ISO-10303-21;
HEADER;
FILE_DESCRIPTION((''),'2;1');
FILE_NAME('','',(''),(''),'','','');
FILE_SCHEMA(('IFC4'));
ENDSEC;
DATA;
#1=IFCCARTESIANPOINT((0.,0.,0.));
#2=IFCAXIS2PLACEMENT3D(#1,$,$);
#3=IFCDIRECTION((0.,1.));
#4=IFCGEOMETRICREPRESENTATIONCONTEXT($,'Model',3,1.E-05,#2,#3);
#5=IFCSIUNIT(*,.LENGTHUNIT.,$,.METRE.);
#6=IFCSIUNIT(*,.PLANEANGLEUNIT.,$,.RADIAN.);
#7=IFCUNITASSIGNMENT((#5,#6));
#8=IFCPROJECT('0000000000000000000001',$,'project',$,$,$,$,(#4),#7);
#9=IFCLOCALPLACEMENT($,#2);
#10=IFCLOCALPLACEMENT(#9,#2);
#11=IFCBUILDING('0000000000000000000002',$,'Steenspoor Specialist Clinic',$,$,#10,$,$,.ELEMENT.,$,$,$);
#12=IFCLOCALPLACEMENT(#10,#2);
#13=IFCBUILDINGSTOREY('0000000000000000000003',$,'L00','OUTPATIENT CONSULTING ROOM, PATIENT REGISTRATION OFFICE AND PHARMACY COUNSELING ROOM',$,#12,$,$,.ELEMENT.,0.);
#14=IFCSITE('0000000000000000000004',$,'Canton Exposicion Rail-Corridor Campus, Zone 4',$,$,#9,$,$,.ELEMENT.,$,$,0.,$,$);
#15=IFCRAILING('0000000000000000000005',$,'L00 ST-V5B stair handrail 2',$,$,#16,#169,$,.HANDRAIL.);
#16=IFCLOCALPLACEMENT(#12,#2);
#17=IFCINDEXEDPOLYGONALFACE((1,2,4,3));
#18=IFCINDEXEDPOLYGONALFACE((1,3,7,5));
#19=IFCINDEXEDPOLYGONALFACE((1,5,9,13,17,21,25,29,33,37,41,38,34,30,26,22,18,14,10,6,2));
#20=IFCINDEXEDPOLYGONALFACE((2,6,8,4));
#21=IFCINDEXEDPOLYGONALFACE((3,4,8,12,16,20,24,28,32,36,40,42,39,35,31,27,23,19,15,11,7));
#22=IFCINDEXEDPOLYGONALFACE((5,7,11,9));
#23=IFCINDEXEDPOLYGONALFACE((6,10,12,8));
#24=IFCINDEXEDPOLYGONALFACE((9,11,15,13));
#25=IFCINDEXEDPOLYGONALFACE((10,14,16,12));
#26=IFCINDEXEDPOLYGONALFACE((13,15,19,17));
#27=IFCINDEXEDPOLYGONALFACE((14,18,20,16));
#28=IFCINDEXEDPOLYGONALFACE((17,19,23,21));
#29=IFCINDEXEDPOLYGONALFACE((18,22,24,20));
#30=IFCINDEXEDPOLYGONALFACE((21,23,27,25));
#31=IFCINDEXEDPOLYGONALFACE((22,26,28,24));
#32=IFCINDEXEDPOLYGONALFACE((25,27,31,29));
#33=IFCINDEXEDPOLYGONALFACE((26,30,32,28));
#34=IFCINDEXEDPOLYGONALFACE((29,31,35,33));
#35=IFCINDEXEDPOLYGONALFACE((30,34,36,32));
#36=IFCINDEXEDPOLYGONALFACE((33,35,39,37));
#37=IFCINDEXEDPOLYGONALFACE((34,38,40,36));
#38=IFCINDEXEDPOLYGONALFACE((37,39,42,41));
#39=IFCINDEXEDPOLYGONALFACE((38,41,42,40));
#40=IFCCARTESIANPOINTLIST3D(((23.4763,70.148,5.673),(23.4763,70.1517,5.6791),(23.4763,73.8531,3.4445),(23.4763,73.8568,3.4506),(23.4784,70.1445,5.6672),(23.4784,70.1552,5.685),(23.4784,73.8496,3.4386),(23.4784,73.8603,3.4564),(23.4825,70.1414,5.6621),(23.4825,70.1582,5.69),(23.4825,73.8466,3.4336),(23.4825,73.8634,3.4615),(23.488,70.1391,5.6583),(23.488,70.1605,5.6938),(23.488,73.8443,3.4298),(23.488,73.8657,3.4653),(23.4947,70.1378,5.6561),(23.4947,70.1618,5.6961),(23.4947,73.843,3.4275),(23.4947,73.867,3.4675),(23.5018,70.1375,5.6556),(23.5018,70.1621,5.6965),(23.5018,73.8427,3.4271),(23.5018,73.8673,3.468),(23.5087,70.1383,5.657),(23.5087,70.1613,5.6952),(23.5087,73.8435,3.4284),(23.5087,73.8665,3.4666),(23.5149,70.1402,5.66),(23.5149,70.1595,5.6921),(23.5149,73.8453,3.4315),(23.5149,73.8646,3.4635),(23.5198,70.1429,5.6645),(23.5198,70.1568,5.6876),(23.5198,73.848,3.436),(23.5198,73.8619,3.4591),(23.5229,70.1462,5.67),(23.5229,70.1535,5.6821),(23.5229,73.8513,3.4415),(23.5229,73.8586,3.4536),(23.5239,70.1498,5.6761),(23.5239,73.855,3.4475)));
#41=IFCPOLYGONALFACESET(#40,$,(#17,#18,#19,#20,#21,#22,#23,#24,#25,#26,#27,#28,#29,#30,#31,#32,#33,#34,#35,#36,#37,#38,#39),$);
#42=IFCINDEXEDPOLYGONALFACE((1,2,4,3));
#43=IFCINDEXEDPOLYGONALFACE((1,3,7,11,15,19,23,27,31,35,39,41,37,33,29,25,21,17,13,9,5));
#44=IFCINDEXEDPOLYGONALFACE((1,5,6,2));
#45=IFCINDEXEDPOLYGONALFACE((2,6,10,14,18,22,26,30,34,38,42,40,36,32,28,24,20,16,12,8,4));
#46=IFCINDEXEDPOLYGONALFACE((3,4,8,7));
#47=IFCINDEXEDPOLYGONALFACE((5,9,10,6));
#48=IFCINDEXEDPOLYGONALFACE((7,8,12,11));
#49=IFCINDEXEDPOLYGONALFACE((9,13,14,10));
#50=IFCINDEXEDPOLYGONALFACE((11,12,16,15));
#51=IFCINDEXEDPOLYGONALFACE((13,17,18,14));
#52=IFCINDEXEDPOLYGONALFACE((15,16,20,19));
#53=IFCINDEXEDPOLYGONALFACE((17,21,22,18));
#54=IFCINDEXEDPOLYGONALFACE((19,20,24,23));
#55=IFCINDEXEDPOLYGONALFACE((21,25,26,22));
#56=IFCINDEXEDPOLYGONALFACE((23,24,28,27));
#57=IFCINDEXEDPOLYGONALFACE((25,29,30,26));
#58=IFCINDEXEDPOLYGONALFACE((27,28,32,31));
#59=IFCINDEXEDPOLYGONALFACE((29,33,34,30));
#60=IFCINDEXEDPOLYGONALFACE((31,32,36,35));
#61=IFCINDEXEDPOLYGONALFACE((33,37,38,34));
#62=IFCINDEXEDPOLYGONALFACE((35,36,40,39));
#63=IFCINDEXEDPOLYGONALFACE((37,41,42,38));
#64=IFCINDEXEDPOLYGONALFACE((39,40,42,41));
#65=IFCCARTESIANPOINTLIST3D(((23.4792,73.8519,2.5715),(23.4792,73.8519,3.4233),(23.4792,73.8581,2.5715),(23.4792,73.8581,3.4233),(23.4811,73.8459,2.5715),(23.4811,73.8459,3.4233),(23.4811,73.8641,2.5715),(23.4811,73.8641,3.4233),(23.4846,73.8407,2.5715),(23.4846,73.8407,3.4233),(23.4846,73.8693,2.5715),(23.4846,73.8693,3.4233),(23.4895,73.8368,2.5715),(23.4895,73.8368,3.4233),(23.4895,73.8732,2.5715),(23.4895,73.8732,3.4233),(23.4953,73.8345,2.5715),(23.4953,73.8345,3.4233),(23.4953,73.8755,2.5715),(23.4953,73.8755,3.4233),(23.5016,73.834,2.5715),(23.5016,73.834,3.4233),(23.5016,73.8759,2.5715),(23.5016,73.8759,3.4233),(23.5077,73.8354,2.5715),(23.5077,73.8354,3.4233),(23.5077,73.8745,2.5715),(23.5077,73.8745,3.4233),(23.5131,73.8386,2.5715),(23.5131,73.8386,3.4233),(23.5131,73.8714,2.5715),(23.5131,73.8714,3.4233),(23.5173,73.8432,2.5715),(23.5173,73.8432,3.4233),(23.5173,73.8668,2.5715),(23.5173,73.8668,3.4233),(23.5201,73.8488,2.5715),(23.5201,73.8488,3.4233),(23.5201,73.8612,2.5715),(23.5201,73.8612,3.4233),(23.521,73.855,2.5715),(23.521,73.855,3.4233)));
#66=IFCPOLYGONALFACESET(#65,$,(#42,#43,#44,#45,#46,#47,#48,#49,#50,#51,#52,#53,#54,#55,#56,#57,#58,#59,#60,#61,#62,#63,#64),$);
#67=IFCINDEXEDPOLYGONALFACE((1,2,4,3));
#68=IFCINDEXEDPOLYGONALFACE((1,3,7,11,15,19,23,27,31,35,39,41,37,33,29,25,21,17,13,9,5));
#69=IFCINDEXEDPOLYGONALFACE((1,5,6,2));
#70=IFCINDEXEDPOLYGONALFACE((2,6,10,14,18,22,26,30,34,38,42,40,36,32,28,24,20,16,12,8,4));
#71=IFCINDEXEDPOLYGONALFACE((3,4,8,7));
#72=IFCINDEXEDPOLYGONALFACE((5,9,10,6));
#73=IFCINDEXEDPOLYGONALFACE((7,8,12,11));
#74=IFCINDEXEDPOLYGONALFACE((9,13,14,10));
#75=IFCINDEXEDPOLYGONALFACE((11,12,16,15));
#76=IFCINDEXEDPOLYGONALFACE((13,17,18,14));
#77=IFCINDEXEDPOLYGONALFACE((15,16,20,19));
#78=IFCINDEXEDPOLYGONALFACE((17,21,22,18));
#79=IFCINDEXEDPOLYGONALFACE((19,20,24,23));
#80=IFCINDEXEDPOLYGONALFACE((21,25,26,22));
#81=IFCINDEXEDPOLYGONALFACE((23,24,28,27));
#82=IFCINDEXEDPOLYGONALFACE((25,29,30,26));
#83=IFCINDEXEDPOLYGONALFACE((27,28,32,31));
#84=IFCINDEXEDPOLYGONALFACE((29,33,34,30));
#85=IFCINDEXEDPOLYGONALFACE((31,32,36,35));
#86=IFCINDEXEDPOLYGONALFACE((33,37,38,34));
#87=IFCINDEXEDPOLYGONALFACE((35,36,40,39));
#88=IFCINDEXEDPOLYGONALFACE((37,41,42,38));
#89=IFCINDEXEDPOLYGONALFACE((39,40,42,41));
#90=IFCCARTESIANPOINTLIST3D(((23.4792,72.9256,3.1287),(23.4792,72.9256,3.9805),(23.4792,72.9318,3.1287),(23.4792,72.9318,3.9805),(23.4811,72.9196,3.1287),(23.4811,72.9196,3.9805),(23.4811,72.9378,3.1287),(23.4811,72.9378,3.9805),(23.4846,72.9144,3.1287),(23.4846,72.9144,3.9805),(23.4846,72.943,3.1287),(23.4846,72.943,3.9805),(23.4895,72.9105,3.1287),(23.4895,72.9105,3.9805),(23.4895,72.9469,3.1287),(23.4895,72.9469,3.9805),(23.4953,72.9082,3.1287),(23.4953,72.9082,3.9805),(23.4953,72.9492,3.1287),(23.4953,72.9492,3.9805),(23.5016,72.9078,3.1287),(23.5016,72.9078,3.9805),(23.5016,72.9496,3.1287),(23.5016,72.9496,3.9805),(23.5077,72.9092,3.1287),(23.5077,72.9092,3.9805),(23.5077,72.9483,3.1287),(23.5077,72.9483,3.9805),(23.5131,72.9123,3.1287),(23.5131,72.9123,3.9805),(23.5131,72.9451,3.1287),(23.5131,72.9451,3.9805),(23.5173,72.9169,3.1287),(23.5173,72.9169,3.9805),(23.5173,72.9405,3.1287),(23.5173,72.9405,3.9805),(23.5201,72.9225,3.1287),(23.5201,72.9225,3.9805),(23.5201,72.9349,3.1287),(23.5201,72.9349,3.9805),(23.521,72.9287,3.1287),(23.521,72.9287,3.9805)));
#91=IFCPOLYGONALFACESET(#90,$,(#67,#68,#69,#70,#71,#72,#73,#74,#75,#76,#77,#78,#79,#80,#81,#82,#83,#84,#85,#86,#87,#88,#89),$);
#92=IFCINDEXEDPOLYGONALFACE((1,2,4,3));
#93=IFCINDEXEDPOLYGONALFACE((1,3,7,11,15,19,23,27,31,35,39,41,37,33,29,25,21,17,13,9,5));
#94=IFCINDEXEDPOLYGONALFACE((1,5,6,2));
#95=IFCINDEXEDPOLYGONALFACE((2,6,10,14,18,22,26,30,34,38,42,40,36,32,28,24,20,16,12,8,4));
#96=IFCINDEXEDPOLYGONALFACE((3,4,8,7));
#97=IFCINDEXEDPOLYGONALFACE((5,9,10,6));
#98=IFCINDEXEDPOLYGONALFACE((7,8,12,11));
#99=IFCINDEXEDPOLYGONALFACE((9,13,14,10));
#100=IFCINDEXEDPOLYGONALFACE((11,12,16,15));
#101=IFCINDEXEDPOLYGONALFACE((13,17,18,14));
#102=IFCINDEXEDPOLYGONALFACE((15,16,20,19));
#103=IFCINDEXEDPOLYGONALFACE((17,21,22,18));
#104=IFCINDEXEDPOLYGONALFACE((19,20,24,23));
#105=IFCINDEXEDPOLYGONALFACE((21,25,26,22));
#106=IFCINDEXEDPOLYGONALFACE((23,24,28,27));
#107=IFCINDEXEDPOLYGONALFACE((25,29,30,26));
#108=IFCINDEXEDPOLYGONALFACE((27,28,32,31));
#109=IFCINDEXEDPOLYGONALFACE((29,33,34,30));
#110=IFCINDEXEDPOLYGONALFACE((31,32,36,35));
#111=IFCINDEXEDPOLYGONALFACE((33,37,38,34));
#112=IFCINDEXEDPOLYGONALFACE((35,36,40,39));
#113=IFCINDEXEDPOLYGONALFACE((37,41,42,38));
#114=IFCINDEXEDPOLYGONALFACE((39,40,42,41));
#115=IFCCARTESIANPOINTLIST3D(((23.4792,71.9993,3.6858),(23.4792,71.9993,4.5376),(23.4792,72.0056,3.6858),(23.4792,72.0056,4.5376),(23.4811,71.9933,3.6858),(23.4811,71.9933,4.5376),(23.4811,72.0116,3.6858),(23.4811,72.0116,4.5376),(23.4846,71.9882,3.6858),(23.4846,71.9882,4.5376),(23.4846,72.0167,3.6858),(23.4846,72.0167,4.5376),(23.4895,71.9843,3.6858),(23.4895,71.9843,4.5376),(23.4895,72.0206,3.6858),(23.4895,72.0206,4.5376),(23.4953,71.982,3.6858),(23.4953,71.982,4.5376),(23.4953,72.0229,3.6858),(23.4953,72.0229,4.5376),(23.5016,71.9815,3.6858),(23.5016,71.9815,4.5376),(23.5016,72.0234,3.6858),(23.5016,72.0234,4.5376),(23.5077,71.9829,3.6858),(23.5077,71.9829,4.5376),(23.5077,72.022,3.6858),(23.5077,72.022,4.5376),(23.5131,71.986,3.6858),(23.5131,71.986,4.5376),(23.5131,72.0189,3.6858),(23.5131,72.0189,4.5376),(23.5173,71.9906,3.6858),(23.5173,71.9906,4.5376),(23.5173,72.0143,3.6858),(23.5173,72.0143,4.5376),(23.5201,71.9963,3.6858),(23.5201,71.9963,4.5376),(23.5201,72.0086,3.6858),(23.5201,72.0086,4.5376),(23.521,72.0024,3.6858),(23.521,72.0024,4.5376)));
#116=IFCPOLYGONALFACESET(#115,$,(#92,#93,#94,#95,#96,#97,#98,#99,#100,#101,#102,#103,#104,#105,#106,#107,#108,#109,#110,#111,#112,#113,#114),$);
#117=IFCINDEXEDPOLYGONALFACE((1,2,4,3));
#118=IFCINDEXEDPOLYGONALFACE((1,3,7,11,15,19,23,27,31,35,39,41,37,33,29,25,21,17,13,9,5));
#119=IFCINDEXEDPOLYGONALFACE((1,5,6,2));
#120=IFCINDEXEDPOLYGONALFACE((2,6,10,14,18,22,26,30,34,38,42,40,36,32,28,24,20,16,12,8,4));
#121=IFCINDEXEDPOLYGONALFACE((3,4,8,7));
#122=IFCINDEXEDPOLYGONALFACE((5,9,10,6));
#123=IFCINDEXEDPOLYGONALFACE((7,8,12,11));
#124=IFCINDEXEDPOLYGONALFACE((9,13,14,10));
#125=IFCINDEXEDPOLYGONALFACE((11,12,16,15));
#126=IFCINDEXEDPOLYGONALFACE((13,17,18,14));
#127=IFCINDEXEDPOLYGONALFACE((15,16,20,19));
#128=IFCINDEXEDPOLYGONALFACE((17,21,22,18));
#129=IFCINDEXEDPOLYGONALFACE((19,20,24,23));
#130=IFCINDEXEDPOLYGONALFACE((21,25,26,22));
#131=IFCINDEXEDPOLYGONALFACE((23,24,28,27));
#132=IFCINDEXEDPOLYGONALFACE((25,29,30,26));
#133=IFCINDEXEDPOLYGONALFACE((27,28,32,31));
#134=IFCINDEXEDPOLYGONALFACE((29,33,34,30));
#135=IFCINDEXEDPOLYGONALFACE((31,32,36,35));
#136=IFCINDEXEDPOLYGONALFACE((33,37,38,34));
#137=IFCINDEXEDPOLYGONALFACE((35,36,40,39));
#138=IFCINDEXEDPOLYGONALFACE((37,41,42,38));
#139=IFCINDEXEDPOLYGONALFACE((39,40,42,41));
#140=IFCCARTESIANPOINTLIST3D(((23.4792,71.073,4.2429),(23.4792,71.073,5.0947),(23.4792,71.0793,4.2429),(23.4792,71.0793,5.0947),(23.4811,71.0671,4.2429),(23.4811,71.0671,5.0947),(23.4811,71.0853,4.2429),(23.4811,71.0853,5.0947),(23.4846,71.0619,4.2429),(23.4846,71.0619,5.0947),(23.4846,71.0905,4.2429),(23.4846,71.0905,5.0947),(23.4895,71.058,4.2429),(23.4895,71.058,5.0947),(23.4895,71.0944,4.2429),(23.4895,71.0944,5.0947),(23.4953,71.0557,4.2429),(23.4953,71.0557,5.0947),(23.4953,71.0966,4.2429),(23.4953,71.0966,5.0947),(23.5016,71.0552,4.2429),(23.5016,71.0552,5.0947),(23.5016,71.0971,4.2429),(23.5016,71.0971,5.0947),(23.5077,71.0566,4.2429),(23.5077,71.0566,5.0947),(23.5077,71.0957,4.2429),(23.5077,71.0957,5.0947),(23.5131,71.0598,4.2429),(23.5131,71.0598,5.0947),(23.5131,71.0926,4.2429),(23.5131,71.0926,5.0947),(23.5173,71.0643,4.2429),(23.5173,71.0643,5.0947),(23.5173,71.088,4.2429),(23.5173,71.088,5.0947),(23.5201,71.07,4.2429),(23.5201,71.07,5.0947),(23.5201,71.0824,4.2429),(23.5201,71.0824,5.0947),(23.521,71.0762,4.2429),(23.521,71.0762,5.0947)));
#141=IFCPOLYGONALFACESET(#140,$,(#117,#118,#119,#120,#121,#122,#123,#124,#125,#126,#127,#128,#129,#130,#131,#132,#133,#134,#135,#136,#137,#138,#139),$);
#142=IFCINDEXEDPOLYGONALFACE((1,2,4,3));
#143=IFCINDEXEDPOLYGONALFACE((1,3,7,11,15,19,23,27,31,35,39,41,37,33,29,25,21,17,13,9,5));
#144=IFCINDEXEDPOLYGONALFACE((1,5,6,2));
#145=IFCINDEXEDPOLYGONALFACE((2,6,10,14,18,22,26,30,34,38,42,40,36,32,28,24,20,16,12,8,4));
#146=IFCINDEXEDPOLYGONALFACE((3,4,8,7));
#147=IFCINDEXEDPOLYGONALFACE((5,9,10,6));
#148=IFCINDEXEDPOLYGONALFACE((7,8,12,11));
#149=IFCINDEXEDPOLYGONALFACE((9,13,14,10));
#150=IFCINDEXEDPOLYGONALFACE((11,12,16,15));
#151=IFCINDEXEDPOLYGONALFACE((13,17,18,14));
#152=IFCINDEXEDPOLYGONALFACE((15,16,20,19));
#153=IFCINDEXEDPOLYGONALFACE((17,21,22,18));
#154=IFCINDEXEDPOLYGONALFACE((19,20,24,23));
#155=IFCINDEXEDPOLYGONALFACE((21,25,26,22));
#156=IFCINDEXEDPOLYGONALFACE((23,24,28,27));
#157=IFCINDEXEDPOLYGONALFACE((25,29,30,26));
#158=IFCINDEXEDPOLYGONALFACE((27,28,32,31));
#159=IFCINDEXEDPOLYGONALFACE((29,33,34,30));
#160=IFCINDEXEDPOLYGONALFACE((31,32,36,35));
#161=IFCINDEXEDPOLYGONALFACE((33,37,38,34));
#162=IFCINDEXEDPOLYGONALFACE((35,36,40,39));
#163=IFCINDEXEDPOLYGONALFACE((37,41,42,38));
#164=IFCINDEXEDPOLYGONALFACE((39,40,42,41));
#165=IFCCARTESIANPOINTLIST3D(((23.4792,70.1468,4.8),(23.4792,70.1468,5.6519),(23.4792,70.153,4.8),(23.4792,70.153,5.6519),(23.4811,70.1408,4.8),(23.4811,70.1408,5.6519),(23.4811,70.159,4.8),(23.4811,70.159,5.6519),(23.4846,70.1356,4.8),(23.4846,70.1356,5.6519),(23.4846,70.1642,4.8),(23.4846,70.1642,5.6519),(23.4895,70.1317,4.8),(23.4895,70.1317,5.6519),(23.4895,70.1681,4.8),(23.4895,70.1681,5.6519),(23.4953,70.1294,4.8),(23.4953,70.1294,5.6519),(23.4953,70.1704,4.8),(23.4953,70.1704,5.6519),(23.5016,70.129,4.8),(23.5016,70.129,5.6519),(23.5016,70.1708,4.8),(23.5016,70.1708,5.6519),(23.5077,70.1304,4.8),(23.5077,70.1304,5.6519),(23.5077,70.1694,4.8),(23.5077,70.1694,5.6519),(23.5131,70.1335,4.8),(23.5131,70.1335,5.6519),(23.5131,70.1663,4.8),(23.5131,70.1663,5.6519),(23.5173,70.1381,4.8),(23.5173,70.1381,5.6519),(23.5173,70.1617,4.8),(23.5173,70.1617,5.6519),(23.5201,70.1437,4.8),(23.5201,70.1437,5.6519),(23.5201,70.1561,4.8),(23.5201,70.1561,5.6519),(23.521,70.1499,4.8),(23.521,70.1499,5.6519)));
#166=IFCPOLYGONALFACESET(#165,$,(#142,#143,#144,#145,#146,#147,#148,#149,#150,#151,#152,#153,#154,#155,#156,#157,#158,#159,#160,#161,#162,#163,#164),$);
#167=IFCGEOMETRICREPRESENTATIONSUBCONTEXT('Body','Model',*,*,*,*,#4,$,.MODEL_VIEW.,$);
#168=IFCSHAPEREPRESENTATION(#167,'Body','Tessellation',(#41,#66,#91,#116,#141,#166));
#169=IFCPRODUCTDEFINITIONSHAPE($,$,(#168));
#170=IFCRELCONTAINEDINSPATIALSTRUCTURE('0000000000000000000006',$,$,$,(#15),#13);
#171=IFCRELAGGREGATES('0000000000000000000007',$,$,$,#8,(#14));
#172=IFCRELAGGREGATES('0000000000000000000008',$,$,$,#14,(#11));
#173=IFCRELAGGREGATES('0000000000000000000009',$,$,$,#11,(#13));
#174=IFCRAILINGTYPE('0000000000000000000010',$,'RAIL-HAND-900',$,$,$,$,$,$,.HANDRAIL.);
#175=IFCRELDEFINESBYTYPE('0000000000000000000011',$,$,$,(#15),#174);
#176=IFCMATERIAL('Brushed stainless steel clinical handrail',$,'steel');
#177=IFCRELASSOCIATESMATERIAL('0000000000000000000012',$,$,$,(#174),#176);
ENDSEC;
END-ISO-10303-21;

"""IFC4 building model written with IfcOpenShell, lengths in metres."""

from ifc_helpers import new_model, si_unit, direction, frame, origin, origin_2d, place, context, subcontext, project, spatial, circle, extrude, material, type_object, element, save


model = new_model("IFC4")

# Units and contexts
model_context = context("Model", 3, precision=1e-05, world=origin(), true_north=direction((0.0, 1.0)))
body_context = subcontext(model_context, "Body", "Model", "MODEL_VIEW")
ifc_project = project(units=[si_unit("LENGTHUNIT", "METRE"), si_unit("PLANEANGLEUNIT", "RADIAN")], contexts=[model_context])

# Site, building, storey
site_placement = place(None, origin())
site = spatial("IfcSite", under=ifc_project, at=site_placement, Name="Canton Exposicion Rail-Corridor Campus, Zone 4", CompositionType="ELEMENT", RefElevation=0.0)
building_placement = place(site_placement, origin())
building = spatial("IfcBuilding", under=site, at=building_placement, Name="Steenspoor Specialist Clinic", CompositionType="ELEMENT")
storey_placement = place(building_placement, origin())
storey = spatial("IfcBuildingStorey", under=building, at=storey_placement, Name="L00", Description="OUTPATIENT CONSULTING ROOM, PATIENT REGISTRATION OFFICE AND PHARMACY COUNSELING ROOM", CompositionType="ELEMENT", Elevation=0.0)

# Railing
ifc_material_1 = material(Name="Brushed stainless steel clinical handrail", Category="steel")
railing_type_1 = type_object("IfcRailingType", Name="RAIL-HAND-900", PredefinedType="HANDRAIL", material=ifc_material_1)
railing_1_placement = place(storey_placement, frame((23.5, 73.855, 2.5715)))
element("IfcRailing", 1, at=railing_1_placement, inside=storey, type_object=railing_type_1, Name="L00 ST-V5B stair handrail 2", PredefinedType="HANDRAIL", context=body_context, shape_type="SweptSolid", body=[
    extrude(circle(Radius=0.0239, at=origin_2d()), frame((0.0, 0.0, 0.876), z_axis=(0.0, -0.856934, 0.515425), x_axis=(1.0, 0.0, 0.0)), (0.0, 0.0, 1.0), 4.3237),
    extrude(circle(Radius=0.021, at=origin_2d()), origin(), (0.0, 0.0, 1.0), 0.8518),
    extrude(circle(Radius=0.021, at=origin_2d()), frame((0.0, -0.9263, 0.5571)), (0.0, 0.0, 1.0), 0.8518),
    extrude(circle(Radius=0.021, at=origin_2d()), frame((0.0, -1.8525, 1.1143)), (0.0, 0.0, 1.0), 0.8518),
    extrude(circle(Radius=0.021, at=origin_2d()), frame((0.0, -2.7788, 1.6714)), (0.0, 0.0, 1.0), 0.8518),
    extrude(circle(Radius=0.021, at=origin_2d()), frame((0.0, -3.7051, 2.2285)), (0.0, 0.0, 1.0), 0.8518),
])

save(model, "model.ifc")
